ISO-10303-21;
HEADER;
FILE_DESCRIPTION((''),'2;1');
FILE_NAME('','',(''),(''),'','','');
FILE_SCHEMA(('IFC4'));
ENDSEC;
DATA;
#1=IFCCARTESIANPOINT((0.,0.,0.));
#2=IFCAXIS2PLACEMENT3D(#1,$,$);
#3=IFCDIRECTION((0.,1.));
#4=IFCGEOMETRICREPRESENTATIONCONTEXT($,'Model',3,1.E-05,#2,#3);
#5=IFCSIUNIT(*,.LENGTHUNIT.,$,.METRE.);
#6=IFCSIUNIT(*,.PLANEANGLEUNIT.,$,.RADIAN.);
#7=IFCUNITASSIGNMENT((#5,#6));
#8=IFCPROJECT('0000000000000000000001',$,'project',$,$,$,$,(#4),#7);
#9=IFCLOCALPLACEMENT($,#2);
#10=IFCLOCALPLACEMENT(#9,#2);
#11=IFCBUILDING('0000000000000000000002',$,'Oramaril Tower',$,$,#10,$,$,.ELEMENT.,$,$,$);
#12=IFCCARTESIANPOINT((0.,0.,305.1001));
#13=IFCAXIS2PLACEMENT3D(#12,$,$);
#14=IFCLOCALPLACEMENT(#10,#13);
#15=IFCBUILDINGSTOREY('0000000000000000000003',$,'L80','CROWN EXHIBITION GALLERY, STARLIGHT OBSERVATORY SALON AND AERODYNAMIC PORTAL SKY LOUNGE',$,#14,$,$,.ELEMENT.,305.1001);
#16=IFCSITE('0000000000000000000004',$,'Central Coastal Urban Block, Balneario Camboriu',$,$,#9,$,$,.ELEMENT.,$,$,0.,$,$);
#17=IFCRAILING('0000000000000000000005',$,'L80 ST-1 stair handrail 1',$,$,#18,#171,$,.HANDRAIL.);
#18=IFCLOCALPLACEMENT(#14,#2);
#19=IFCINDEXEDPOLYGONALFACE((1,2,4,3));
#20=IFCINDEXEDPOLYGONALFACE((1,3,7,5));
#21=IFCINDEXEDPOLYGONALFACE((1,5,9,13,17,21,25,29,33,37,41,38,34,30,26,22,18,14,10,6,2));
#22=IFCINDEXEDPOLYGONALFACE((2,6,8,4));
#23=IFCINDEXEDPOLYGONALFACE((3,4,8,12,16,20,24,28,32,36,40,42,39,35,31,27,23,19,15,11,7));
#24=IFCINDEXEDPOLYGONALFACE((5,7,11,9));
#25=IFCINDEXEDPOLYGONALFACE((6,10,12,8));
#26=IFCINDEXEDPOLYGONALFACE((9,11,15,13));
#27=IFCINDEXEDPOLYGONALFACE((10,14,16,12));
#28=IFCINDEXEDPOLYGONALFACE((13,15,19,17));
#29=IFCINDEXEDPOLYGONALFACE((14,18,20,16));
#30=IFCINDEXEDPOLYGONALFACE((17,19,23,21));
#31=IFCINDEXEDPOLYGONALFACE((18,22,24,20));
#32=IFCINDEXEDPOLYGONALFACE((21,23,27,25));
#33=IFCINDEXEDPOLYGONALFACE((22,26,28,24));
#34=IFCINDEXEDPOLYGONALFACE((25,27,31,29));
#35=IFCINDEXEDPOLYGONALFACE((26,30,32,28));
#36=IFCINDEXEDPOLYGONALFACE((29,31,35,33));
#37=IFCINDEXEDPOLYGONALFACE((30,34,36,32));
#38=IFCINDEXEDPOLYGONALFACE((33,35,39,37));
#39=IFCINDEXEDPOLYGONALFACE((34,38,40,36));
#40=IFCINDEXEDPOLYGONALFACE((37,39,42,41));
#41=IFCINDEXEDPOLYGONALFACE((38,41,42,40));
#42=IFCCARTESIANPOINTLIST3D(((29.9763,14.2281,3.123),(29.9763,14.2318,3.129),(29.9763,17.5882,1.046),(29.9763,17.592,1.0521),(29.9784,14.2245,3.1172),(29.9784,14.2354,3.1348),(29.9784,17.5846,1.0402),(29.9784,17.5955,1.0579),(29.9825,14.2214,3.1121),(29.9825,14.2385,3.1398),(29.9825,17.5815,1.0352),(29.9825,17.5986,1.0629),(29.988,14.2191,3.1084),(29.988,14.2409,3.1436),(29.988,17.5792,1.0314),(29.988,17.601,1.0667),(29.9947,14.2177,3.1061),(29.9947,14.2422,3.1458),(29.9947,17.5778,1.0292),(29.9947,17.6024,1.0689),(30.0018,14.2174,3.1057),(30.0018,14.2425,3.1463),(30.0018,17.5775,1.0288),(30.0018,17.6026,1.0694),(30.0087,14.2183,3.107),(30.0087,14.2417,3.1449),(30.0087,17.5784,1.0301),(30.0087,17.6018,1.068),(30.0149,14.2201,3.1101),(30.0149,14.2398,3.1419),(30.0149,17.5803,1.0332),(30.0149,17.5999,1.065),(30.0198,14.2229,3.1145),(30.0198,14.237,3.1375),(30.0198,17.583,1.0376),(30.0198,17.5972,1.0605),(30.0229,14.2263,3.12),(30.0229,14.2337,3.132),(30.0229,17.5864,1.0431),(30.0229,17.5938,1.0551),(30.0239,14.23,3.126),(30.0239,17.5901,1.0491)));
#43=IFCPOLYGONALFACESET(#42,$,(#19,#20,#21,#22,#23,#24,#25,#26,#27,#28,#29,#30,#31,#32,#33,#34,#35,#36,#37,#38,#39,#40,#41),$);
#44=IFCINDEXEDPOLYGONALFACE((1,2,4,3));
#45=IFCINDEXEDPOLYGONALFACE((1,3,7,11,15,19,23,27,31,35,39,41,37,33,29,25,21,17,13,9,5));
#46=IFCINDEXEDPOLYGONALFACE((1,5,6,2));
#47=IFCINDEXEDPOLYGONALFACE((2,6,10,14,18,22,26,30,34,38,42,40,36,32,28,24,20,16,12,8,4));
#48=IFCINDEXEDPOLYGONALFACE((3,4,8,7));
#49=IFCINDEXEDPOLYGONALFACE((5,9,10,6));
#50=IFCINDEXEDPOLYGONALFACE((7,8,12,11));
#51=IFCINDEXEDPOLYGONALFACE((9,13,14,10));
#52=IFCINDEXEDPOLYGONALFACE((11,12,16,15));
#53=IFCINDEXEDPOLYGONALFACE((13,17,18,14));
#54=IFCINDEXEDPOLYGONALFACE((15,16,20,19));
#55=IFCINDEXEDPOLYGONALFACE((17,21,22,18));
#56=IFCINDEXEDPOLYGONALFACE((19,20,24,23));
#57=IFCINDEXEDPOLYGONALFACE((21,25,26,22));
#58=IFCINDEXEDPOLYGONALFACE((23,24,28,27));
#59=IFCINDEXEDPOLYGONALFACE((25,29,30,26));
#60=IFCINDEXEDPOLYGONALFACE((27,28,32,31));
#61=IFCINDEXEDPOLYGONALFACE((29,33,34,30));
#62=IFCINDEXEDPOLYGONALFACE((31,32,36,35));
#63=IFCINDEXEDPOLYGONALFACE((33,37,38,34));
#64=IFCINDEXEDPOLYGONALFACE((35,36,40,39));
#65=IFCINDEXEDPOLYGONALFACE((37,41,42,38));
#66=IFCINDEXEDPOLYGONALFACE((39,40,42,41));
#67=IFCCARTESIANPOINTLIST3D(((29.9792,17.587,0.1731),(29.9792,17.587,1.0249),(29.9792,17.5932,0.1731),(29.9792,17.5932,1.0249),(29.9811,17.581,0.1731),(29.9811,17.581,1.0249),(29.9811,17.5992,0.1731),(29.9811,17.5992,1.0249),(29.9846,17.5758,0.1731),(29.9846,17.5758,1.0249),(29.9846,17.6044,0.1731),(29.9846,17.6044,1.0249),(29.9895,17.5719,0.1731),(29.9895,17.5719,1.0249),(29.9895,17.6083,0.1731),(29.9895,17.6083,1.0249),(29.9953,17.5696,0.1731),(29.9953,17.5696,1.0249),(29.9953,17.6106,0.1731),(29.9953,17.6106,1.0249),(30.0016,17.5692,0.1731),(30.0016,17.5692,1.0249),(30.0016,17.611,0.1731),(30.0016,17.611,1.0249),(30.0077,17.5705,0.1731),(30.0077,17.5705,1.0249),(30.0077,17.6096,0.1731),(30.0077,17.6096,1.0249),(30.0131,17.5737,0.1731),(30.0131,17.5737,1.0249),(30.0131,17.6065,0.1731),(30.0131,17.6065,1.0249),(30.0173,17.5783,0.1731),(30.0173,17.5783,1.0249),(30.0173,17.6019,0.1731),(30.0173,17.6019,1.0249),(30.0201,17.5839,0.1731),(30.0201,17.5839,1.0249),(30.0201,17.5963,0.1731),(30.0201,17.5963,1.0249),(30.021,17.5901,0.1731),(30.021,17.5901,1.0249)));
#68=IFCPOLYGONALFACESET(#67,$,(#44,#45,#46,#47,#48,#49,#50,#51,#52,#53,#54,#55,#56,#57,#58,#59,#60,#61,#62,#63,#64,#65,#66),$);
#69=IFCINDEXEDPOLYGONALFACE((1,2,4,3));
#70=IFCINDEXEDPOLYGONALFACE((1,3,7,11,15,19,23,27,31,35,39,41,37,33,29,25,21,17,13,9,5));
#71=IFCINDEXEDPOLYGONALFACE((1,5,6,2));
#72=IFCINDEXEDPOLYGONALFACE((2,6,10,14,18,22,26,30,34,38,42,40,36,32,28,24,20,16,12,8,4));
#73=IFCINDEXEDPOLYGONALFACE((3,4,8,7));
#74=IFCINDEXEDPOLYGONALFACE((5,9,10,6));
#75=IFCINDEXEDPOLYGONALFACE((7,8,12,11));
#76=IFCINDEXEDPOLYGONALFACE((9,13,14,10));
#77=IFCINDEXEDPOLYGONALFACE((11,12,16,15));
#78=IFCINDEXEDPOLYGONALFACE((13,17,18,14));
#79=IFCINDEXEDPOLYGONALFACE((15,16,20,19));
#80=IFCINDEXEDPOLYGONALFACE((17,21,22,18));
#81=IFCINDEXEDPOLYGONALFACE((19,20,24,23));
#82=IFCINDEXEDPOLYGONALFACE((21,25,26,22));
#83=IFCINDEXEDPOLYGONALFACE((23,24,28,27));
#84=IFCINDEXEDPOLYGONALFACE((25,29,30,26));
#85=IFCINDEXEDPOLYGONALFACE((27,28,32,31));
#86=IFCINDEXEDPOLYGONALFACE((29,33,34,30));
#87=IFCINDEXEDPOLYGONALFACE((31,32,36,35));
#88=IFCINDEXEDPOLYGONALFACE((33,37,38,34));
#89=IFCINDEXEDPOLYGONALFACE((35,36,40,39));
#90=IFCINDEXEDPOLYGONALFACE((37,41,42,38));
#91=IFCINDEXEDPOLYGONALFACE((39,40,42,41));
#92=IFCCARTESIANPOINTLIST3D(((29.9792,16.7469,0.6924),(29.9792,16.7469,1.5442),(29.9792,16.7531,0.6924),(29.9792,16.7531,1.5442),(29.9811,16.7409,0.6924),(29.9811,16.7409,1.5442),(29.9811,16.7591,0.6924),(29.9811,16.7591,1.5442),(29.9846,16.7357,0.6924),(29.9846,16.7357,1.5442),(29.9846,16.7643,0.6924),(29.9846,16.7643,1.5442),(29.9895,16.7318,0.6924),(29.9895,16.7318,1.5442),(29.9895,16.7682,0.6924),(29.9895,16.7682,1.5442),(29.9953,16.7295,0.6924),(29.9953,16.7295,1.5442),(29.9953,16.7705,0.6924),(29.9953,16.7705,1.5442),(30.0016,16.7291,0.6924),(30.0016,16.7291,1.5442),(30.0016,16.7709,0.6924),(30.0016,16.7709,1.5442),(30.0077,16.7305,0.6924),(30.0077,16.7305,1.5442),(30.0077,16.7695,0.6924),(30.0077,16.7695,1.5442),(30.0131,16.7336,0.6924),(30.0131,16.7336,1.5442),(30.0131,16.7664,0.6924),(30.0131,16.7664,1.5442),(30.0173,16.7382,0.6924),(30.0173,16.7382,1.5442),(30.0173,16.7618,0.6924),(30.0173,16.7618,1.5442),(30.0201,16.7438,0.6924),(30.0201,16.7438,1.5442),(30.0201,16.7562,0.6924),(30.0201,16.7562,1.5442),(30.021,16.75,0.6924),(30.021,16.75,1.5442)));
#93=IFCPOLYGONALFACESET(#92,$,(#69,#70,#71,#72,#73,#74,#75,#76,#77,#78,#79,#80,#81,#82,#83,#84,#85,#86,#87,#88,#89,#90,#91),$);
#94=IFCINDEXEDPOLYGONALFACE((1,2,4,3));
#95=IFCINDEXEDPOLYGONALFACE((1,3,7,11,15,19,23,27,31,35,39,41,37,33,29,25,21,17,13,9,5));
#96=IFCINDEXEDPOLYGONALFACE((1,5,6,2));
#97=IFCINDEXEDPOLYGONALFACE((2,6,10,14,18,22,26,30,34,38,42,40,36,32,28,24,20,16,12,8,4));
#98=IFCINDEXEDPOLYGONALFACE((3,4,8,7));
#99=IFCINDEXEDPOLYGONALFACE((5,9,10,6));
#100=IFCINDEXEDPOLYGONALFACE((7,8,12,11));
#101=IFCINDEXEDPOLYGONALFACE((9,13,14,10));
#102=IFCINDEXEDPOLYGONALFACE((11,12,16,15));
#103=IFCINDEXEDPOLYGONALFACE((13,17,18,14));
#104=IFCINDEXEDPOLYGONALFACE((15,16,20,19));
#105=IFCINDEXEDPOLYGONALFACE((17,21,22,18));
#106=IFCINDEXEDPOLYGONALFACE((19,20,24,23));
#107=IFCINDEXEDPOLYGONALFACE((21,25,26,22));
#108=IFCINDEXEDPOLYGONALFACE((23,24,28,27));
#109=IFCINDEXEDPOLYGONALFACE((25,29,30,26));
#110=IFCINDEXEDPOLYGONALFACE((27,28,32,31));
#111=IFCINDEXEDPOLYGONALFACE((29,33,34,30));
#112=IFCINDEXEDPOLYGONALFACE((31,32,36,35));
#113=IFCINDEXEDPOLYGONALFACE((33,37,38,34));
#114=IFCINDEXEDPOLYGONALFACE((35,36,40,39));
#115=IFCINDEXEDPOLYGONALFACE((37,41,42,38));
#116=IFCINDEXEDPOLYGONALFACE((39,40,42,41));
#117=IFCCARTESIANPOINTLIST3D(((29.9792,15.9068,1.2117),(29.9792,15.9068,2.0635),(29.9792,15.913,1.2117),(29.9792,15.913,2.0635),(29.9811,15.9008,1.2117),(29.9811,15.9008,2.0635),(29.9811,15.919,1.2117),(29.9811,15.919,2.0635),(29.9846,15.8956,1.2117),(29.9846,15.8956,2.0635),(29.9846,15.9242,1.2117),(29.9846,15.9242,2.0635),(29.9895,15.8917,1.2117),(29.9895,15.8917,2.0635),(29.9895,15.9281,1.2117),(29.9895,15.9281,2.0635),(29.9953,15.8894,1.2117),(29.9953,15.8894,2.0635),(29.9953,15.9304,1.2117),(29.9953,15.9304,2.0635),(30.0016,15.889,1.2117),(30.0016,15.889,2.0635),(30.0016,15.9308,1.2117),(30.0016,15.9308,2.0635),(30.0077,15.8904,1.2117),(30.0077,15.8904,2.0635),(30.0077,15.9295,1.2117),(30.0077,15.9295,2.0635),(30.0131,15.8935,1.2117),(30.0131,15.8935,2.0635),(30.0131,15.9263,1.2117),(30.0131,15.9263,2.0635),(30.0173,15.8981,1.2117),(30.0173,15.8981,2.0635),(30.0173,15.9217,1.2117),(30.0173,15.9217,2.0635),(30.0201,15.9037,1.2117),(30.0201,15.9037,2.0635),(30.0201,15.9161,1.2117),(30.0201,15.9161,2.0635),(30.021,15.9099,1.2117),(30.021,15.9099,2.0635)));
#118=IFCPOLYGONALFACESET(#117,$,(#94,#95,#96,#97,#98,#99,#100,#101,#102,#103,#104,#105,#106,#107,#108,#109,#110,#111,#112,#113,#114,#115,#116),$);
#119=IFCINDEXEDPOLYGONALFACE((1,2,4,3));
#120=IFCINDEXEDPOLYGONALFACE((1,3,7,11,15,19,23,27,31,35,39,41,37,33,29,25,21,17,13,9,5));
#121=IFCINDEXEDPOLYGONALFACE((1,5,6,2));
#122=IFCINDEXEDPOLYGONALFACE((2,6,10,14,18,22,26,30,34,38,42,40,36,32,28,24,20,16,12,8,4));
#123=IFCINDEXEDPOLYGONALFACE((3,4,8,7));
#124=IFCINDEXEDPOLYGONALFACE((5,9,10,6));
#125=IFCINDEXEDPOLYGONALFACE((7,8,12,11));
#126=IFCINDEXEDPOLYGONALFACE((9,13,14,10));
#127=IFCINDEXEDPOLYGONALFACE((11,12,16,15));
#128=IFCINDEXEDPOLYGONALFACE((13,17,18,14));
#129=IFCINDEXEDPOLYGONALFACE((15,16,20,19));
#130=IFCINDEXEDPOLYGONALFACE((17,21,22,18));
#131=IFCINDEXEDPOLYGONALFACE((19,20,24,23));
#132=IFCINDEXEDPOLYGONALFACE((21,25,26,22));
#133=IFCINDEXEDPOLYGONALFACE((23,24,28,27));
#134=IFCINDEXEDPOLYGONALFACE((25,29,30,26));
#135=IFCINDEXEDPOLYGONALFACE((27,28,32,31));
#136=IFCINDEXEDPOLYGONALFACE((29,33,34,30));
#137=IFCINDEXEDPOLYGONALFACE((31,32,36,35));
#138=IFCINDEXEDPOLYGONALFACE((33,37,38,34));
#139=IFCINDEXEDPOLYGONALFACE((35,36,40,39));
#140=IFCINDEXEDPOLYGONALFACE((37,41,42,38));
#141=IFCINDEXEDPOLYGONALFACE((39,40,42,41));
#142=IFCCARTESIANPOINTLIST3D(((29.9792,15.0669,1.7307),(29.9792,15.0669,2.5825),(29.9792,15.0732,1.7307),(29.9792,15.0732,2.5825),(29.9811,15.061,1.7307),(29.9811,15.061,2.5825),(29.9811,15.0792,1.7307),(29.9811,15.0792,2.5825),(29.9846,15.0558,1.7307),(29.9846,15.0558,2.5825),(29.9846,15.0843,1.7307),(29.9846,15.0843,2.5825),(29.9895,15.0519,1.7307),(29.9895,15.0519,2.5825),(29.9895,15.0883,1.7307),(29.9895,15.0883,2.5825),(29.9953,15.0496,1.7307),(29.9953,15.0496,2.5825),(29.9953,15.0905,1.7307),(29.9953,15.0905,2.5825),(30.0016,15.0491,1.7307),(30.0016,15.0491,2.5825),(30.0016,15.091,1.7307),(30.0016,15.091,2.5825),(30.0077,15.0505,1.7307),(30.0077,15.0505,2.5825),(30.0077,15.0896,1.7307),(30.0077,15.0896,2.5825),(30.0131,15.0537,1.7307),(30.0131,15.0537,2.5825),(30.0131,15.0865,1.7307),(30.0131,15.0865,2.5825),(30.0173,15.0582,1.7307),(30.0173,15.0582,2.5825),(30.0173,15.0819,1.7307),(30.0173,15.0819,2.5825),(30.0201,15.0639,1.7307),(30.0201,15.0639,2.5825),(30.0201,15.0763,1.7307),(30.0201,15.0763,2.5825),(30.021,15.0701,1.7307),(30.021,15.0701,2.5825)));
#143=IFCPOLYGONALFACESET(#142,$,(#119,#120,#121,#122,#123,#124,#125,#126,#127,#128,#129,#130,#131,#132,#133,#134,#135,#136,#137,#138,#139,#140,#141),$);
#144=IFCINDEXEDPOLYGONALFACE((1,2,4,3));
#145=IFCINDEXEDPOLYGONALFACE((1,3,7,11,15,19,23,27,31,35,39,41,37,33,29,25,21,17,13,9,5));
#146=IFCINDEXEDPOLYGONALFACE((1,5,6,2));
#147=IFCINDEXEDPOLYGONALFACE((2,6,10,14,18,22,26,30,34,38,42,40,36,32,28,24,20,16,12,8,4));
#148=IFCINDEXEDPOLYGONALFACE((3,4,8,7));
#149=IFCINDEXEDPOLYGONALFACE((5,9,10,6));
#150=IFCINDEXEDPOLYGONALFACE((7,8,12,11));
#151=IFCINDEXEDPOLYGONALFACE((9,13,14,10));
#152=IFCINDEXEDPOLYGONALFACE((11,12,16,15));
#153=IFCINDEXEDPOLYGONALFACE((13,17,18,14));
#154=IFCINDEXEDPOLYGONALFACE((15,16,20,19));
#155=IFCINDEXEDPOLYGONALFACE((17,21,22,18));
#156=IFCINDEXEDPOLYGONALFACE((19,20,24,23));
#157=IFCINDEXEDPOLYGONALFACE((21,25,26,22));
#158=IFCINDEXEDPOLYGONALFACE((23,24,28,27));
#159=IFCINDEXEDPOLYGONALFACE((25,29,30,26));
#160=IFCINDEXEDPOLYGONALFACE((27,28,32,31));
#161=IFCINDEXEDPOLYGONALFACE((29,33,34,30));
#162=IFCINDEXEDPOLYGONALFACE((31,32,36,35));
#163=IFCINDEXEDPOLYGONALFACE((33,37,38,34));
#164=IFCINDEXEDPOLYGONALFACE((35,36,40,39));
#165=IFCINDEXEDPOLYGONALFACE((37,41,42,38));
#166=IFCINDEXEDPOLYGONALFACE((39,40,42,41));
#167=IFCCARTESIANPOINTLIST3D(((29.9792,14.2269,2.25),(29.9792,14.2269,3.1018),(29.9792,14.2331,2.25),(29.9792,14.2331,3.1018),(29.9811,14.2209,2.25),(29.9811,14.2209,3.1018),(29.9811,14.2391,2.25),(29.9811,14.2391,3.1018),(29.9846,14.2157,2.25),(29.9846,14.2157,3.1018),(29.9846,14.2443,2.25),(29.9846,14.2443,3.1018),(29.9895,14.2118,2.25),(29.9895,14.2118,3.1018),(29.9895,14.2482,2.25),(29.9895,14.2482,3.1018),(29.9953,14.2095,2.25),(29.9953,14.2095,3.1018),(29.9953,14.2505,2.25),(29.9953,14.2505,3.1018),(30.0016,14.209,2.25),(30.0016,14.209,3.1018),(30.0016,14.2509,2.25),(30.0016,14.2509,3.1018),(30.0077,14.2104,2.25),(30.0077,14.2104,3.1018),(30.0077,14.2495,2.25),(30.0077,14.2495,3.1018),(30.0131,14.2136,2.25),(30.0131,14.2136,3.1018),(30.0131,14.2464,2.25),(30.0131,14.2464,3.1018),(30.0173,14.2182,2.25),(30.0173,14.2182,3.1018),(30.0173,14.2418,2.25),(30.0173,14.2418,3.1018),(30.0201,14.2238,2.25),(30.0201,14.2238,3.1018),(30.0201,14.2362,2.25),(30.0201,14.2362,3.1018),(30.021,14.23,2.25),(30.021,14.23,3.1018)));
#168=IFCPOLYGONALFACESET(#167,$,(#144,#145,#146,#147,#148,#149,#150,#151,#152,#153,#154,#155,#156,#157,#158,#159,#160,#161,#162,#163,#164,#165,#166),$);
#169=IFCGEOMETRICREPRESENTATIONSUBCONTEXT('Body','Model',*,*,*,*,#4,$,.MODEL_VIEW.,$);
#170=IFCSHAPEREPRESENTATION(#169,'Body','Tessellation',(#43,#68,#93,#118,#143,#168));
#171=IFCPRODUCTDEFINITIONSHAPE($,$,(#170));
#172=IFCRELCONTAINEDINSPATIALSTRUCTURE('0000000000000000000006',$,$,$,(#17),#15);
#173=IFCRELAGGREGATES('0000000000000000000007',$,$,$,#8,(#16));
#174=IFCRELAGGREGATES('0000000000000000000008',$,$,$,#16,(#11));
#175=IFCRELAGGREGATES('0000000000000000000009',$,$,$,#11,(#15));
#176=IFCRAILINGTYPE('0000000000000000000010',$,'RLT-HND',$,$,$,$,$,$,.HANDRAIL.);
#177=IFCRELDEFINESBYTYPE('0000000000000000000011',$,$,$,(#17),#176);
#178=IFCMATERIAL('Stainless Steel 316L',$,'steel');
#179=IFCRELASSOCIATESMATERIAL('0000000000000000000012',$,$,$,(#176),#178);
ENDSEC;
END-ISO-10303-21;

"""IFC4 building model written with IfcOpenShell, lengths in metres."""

from ifc_helpers import new_model, si_unit, direction, frame, origin, origin_2d, place, context, subcontext, project, spatial, circle, extrude, material, type_object, element, save


model = new_model("IFC4")

# Units and contexts
model_context = context("Model", 3, precision=1e-05, world=origin(), true_north=direction((0.0, 1.0)))
body_context = subcontext(model_context, "Body", "Model", "MODEL_VIEW")
ifc_project = project(units=[si_unit("LENGTHUNIT", "METRE"), si_unit("PLANEANGLEUNIT", "RADIAN")], contexts=[model_context])

# Site, building, storey
site_placement = place(None, origin())
site = spatial("IfcSite", under=ifc_project, at=site_placement, Name="Central Coastal Urban Block, Balneario Camboriu", CompositionType="ELEMENT", RefElevation=0.0)
building_placement = place(site_placement, origin())
building = spatial("IfcBuilding", under=site, at=building_placement, Name="Oramaril Tower", CompositionType="ELEMENT")
storey_placement = place(building_placement, frame((0.0, 0.0, 305.1001)))
storey = spatial("IfcBuildingStorey", under=building, at=storey_placement, Name="L80", Description="CROWN EXHIBITION GALLERY, STARLIGHT OBSERVATORY SALON AND AERODYNAMIC PORTAL SKY LOUNGE", CompositionType="ELEMENT", Elevation=305.1001)

# Railing
ifc_material_1 = material(Name="Stainless Steel 316L", Category="steel")
railing_type_1 = type_object("IfcRailingType", Name="RLT-HND", PredefinedType="HANDRAIL", material=ifc_material_1)
railing_1_placement = place(storey_placement, frame((30.0, 17.5901, 0.1731)))
element("IfcRailing", 1, at=railing_1_placement, inside=storey, type_object=railing_type_1, Name="L80 ST-1 stair handrail 1", PredefinedType="HANDRAIL", context=body_context, shape_type="SweptSolid", body=[
    extrude(circle(Radius=0.0239, at=origin_2d()), frame((0.0, 0.0, 0.876), z_axis=(0.0, -0.850623, 0.525776), x_axis=(1.0, 0.0, 0.0)), (0.0, 0.0, 1.0), 3.9502),
    extrude(circle(Radius=0.021, at=origin_2d()), origin(), (0.0, 0.0, 1.0), 0.8518),
    extrude(circle(Radius=0.021, at=origin_2d()), frame((0.0, -0.8401, 0.5193)), (0.0, 0.0, 1.0), 0.8518),
    extrude(circle(Radius=0.021, at=origin_2d()), frame((0.0, -1.6802, 1.0386)), (0.0, 0.0, 1.0), 0.8518),
    extrude(circle(Radius=0.021, at=origin_2d()), frame((0.0, -2.52, 1.5576)), (0.0, 0.0, 1.0), 0.8518),
    extrude(circle(Radius=0.021, at=origin_2d()), frame((0.0, -3.3601, 2.0769)), (0.0, 0.0, 1.0), 0.8518),
])

save(model, "model.ifc")
